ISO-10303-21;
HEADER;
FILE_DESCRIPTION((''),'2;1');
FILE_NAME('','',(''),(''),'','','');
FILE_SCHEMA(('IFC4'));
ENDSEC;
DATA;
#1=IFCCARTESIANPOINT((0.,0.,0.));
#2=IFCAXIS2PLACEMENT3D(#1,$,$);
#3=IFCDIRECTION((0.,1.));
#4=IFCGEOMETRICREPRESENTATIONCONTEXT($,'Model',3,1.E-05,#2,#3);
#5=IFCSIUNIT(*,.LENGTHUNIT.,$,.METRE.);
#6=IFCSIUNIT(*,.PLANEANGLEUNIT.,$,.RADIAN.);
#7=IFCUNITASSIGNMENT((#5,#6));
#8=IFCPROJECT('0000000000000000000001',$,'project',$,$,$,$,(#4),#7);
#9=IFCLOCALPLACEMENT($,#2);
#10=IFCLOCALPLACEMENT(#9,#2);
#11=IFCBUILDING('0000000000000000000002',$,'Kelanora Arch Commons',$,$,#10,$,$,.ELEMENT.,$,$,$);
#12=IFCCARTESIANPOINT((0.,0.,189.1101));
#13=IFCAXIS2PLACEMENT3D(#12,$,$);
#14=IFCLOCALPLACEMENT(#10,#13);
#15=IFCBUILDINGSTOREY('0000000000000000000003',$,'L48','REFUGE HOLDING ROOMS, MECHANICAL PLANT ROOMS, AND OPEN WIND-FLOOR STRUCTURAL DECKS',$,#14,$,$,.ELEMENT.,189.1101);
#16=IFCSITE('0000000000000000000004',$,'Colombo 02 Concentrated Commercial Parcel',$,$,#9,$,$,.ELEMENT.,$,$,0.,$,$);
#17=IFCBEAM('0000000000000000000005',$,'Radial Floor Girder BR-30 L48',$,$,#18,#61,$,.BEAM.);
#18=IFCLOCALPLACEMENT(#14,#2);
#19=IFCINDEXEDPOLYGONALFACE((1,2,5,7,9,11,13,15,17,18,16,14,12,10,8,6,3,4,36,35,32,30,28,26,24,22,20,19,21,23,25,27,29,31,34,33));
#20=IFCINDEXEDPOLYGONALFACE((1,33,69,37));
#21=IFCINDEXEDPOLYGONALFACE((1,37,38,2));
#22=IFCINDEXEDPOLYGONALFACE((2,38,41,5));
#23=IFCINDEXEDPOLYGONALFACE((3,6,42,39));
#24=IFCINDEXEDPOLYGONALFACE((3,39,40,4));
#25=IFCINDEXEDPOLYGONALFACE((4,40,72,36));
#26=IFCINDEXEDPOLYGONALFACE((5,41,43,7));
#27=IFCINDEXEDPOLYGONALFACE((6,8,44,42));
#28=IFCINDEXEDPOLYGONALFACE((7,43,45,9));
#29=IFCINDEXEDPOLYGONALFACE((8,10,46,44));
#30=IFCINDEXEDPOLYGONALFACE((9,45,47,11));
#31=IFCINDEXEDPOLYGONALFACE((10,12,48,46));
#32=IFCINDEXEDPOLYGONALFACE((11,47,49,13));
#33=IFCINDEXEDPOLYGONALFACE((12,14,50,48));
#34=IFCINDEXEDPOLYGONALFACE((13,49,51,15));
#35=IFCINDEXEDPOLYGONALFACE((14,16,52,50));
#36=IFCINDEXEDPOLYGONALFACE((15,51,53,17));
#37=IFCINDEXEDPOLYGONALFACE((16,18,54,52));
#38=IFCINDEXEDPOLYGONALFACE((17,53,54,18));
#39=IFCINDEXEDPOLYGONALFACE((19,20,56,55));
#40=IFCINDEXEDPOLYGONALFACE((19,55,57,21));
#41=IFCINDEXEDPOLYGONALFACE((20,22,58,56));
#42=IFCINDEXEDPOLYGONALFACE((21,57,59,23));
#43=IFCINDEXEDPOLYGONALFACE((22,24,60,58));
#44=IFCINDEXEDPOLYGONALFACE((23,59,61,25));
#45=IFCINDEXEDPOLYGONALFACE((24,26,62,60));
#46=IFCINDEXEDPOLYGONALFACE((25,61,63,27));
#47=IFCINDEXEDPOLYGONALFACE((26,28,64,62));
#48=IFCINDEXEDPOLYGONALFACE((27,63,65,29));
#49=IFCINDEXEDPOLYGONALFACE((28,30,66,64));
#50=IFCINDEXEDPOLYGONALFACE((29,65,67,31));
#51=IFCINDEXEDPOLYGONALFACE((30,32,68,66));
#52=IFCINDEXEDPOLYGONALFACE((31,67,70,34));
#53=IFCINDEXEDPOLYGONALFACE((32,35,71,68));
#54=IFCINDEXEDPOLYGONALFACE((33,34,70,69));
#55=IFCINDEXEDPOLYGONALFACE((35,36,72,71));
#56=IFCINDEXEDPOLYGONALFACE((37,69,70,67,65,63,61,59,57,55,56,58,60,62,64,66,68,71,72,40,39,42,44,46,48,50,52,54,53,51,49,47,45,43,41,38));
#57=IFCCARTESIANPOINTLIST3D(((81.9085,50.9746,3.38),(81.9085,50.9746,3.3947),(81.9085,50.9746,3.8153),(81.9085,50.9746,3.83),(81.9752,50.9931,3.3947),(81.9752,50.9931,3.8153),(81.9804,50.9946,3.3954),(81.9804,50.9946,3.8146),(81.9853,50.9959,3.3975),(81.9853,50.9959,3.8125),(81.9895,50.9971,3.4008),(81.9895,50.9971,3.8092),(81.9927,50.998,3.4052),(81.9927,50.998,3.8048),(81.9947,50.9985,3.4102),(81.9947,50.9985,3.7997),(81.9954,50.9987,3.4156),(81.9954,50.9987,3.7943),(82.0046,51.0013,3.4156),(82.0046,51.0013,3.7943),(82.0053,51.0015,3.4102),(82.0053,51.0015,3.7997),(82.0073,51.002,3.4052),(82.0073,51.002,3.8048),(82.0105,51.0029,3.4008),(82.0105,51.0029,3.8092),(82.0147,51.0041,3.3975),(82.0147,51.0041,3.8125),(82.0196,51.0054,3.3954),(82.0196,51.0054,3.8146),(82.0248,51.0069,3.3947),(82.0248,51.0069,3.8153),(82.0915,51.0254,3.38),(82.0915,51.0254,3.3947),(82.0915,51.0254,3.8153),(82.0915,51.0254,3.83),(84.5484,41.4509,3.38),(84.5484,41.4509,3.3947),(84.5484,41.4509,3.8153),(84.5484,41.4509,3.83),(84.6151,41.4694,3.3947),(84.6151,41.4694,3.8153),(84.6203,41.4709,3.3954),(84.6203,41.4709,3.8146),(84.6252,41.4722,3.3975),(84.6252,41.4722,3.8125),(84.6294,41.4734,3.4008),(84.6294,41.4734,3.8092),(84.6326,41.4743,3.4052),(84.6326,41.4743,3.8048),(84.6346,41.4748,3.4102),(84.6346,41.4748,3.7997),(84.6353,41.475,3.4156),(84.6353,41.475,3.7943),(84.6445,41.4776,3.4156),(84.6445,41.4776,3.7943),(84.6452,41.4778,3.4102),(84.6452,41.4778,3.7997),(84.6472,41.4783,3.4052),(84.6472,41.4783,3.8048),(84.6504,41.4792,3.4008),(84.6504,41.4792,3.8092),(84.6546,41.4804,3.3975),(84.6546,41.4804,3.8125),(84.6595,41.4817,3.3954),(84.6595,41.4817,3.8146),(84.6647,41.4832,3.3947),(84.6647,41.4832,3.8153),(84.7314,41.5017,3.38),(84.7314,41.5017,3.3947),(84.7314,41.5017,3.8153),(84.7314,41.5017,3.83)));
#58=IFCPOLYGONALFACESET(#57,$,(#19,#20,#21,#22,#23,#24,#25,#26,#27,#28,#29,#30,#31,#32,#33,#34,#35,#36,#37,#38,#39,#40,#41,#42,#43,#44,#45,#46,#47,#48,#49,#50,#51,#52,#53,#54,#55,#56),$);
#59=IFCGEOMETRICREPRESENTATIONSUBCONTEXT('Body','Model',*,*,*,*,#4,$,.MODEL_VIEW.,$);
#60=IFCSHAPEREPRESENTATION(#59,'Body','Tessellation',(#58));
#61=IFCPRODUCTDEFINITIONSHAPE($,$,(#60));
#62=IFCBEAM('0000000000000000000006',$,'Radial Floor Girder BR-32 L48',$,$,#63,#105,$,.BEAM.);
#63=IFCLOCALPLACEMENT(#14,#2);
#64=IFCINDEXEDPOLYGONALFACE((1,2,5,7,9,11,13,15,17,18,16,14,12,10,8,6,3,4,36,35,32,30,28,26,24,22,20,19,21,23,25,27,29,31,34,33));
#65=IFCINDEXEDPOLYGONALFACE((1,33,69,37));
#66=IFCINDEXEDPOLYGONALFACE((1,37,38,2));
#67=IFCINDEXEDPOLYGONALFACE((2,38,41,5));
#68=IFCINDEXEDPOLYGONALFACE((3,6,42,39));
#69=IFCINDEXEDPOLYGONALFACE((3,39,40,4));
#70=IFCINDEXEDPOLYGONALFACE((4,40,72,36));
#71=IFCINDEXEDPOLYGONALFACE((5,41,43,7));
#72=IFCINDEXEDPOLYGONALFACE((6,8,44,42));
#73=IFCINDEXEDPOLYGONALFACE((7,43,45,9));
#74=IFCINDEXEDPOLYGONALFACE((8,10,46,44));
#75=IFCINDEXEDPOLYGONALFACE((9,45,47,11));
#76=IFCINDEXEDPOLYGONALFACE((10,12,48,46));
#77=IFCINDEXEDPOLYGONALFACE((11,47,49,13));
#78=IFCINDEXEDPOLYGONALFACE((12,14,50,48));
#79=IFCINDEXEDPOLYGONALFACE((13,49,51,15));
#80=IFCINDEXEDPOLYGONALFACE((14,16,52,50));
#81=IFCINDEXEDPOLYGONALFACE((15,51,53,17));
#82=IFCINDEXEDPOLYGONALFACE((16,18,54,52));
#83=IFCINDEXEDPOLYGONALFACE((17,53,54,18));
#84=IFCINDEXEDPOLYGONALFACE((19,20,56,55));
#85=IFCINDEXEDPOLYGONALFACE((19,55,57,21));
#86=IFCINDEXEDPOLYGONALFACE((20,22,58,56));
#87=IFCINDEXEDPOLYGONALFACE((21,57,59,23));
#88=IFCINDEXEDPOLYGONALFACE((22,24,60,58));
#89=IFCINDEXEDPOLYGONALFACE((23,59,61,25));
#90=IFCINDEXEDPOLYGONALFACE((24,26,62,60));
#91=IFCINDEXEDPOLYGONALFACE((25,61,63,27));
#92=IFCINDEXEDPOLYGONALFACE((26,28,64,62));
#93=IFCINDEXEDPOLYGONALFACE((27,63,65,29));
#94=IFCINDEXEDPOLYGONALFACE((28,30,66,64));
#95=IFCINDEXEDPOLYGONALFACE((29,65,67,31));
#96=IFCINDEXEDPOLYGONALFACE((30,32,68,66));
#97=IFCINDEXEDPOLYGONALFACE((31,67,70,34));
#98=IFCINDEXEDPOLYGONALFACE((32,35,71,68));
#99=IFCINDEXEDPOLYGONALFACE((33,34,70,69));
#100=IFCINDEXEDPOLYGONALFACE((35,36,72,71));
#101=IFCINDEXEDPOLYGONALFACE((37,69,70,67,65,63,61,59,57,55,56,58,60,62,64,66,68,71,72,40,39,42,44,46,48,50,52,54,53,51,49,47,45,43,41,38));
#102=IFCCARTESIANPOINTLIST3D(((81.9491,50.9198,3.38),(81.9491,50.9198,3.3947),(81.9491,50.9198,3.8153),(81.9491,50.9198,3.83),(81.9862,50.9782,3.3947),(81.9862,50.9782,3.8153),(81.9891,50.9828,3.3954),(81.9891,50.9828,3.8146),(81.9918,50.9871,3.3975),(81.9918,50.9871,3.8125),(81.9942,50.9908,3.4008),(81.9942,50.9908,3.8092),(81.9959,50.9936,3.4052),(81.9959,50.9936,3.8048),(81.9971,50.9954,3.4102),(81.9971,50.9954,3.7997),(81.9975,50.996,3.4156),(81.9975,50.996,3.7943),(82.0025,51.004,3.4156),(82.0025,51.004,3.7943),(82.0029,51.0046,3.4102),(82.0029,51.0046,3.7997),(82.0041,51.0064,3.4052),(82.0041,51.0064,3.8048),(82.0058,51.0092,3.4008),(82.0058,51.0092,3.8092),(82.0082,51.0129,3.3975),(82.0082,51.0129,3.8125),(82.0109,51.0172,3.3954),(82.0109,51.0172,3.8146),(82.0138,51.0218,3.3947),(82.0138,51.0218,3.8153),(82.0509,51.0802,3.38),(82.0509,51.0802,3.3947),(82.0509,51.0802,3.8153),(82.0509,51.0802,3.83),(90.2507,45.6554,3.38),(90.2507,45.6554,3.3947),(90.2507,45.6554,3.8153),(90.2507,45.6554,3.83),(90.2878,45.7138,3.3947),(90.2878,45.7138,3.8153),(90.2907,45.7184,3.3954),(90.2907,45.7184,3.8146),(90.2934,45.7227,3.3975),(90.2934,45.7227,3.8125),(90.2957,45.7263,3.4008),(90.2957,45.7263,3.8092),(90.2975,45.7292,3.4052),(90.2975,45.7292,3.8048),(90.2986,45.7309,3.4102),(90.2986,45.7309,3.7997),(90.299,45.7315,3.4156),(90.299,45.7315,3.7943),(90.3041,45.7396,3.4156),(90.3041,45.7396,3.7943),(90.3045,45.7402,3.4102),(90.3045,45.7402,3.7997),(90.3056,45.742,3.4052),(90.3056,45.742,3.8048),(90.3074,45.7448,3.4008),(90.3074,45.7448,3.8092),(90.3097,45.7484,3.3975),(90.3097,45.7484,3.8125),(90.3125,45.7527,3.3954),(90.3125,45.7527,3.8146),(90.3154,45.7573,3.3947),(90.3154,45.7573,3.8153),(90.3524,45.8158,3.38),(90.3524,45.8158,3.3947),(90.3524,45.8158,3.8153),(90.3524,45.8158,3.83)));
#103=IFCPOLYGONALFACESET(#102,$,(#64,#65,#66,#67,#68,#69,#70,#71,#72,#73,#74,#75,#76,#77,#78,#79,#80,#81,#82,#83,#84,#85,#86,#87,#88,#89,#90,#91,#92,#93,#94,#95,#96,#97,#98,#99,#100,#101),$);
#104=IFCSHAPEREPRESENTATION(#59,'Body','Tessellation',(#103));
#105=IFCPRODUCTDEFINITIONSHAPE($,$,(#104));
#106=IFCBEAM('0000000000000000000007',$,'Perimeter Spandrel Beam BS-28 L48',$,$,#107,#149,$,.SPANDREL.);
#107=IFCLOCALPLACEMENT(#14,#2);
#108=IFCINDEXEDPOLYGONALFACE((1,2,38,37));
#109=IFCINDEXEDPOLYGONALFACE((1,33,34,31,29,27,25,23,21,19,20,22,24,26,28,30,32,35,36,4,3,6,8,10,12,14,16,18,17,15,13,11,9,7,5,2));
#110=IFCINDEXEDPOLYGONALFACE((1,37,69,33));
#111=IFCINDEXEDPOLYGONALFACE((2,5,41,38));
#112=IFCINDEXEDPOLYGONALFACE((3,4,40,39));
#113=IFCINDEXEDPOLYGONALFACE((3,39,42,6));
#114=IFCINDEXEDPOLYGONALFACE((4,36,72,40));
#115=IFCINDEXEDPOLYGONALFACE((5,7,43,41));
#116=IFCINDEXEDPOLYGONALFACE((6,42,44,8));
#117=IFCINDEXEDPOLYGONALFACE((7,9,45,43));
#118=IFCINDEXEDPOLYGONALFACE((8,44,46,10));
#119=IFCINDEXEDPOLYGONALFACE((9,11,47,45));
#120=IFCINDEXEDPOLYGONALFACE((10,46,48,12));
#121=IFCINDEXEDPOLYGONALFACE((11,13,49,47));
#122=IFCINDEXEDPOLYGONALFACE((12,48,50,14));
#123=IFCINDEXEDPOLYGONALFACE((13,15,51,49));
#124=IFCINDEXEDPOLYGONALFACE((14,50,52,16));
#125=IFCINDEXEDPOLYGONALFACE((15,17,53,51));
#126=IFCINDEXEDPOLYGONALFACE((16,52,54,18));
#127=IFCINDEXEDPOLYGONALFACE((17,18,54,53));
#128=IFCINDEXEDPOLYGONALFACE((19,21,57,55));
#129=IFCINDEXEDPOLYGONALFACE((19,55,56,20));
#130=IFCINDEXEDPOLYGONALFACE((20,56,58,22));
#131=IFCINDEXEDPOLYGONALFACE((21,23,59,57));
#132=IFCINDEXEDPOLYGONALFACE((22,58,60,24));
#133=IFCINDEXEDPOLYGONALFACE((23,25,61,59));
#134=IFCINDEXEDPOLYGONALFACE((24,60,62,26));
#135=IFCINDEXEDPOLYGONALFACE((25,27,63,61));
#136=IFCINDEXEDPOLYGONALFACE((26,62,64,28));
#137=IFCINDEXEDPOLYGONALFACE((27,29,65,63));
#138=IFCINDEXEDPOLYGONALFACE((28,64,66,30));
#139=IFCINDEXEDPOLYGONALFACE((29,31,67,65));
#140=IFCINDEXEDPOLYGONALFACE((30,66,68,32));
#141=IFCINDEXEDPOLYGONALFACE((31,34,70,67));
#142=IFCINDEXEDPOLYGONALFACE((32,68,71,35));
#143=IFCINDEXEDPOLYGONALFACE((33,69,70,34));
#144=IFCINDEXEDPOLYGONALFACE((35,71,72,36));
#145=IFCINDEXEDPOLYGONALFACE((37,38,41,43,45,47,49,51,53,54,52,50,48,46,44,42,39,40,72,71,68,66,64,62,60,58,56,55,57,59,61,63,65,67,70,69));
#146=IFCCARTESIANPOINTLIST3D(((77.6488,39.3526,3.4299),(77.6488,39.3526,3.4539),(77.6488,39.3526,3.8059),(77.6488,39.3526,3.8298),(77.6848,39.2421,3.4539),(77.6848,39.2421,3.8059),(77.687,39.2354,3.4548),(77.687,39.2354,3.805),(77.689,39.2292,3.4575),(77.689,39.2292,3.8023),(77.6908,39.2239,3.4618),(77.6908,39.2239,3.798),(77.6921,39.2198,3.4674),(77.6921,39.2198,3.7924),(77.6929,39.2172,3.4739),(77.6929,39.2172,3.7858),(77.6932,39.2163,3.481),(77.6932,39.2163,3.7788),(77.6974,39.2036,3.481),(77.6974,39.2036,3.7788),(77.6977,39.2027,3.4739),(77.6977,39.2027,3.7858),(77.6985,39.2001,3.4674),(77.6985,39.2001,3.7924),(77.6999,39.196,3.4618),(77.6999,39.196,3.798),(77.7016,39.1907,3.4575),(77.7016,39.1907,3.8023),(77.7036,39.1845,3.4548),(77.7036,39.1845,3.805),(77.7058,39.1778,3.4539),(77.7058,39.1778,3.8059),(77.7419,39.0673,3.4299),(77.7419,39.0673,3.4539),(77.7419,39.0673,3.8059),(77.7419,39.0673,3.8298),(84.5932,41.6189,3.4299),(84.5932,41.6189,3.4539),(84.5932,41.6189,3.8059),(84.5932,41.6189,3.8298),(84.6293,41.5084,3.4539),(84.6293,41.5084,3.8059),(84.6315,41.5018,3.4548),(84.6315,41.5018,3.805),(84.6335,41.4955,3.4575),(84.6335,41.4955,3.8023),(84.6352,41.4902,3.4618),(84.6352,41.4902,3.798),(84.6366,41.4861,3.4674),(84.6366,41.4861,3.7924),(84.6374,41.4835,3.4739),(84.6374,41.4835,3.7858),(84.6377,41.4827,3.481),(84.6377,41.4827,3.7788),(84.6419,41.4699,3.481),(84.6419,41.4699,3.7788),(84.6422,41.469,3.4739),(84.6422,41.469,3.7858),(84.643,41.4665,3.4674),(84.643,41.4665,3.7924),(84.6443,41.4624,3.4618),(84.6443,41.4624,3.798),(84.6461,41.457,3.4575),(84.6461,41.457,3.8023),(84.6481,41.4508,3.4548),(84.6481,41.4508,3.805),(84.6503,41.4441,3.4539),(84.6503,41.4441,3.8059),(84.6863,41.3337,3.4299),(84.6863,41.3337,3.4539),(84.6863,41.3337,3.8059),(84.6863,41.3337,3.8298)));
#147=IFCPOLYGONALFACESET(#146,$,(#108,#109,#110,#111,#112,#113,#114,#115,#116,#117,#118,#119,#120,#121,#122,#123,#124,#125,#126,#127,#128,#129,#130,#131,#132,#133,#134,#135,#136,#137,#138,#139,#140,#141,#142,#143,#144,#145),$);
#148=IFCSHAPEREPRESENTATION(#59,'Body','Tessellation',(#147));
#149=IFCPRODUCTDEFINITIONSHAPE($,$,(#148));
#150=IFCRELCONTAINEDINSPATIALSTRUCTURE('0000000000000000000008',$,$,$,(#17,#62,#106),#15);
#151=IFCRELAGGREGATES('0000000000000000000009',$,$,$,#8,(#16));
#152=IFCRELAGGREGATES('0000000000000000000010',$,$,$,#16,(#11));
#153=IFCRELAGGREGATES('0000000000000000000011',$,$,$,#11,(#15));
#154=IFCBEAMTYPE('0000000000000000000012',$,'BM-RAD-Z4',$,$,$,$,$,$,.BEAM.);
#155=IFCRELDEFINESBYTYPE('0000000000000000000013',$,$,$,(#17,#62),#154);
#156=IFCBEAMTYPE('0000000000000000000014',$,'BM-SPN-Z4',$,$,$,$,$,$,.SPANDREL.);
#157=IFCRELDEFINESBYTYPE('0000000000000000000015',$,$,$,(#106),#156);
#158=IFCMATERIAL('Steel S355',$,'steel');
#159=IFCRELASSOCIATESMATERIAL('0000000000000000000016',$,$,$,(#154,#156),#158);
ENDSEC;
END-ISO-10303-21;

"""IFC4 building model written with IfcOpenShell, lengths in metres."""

from ifc_helpers import new_model, si_unit, direction, frame, origin, origin_2d, place, context, subcontext, project, spatial, i_section, extrude, material, material_profile, profile_set, type_object, element, save


model = new_model("IFC4")

# Units and contexts
model_context = context("Model", 3, precision=1e-05, world=origin(), true_north=direction((0.0, 1.0)))
body_context = subcontext(model_context, "Body", "Model", "MODEL_VIEW")
ifc_project = project(units=[si_unit("LENGTHUNIT", "METRE"), si_unit("PLANEANGLEUNIT", "RADIAN")], contexts=[model_context])

# Site, building, storey
site_placement = place(None, origin())
site = spatial("IfcSite", under=ifc_project, at=site_placement, Name="Colombo 02 Concentrated Commercial Parcel", CompositionType="ELEMENT", RefElevation=0.0)
building_placement = place(site_placement, origin())
building = spatial("IfcBuilding", under=site, at=building_placement, Name="Kelanora Arch Commons", CompositionType="ELEMENT")
storey_placement = place(building_placement, frame((0.0, 0.0, 189.1101)))
storey = spatial("IfcBuildingStorey", under=building, at=storey_placement, Name="L48", Description="REFUGE HOLDING ROOMS, MECHANICAL PLANT ROOMS, AND OPEN WIND-FLOOR STRUCTURAL DECKS", CompositionType="ELEMENT", Elevation=189.1101)

# Beams
ifc_material_1 = material(Name="Steel S355", Category="steel")
ifc_material_profile_1 = material_profile(ifc_material_1, i_section(OverallWidth=0.1899, OverallDepth=0.45, WebThickness=0.0095, FlangeThickness=0.0146, FilletRadius=0.021, at=origin_2d()), Name="IPE450")
ifc_profile_set_1 = profile_set([ifc_material_profile_1], Name="Steel S355")
beam_type_1 = type_object("IfcBeamType", Name="BM-RAD-Z4", PredefinedType="BEAM", material=ifc_profile_set_1)
beam_1_placement = place(storey_placement, frame((82.0, 51.0, 3.605), z_axis=(0.26712, -0.963663, 0.0), x_axis=(0.963663, 0.26712, 0.0)))
element("IfcBeam", 1, at=beam_1_placement, inside=storey, type_object=beam_type_1, Name="Radial Floor Girder BR-30 L48", PredefinedType="BEAM", context=body_context, shape_type="SweptSolid", body=[
    extrude(i_section(OverallWidth=0.1899, OverallDepth=0.45, WebThickness=0.0095, FlangeThickness=0.0146, FilletRadius=0.021, at=origin_2d()), origin(), (0.0, 0.0, 1.0), 9.8828),
])
beam_2_placement = place(storey_placement, frame((82.0, 51.0, 3.605), z_axis=(0.844507, -0.535544, 0.0), x_axis=(0.535544, 0.844507, 0.0)))
element("IfcBeam", 2, at=beam_2_placement, inside=storey, type_object=beam_type_1, Name="Radial Floor Girder BR-32 L48", PredefinedType="BEAM", context=body_context, shape_type="SweptSolid", body=[
    extrude(i_section(OverallWidth=0.1899, OverallDepth=0.45, WebThickness=0.0095, FlangeThickness=0.0146, FilletRadius=0.021, at=origin_2d()), origin(), (0.0, 0.0, 1.0), 9.8301),
])
ifc_material_profile_2 = material_profile(ifc_material_1, i_section(OverallWidth=0.3, OverallDepth=0.3999, WebThickness=0.0134, FlangeThickness=0.0239, FilletRadius=0.0271, at=origin_2d()), Name="HEB400")
ifc_profile_set_2 = profile_set([ifc_material_profile_2], Name="Steel S355")
beam_type_2 = type_object("IfcBeamType", Name="BM-SPN-Z4", PredefinedType="SPANDREL", material=ifc_profile_set_2)
beam_3_placement = place(storey_placement, frame((77.6953, 39.21, 3.6299), z_axis=(0.950656, 0.310246, 0.0), x_axis=(-0.310246, 0.950656, 0.0)))
element("IfcBeam", 3, at=beam_3_placement, inside=storey, type_object=beam_type_2, Name="Perimeter Spandrel Beam BS-28 L48", PredefinedType="SPANDREL", context=body_context, shape_type="SweptSolid", body=[
    extrude(i_section(OverallWidth=0.3, OverallDepth=0.3999, WebThickness=0.0134, FlangeThickness=0.0239, FilletRadius=0.0271, at=origin_2d()), origin(), (0.0, 0.0, 1.0), 7.3049),
])

save(model, "model.ifc")
